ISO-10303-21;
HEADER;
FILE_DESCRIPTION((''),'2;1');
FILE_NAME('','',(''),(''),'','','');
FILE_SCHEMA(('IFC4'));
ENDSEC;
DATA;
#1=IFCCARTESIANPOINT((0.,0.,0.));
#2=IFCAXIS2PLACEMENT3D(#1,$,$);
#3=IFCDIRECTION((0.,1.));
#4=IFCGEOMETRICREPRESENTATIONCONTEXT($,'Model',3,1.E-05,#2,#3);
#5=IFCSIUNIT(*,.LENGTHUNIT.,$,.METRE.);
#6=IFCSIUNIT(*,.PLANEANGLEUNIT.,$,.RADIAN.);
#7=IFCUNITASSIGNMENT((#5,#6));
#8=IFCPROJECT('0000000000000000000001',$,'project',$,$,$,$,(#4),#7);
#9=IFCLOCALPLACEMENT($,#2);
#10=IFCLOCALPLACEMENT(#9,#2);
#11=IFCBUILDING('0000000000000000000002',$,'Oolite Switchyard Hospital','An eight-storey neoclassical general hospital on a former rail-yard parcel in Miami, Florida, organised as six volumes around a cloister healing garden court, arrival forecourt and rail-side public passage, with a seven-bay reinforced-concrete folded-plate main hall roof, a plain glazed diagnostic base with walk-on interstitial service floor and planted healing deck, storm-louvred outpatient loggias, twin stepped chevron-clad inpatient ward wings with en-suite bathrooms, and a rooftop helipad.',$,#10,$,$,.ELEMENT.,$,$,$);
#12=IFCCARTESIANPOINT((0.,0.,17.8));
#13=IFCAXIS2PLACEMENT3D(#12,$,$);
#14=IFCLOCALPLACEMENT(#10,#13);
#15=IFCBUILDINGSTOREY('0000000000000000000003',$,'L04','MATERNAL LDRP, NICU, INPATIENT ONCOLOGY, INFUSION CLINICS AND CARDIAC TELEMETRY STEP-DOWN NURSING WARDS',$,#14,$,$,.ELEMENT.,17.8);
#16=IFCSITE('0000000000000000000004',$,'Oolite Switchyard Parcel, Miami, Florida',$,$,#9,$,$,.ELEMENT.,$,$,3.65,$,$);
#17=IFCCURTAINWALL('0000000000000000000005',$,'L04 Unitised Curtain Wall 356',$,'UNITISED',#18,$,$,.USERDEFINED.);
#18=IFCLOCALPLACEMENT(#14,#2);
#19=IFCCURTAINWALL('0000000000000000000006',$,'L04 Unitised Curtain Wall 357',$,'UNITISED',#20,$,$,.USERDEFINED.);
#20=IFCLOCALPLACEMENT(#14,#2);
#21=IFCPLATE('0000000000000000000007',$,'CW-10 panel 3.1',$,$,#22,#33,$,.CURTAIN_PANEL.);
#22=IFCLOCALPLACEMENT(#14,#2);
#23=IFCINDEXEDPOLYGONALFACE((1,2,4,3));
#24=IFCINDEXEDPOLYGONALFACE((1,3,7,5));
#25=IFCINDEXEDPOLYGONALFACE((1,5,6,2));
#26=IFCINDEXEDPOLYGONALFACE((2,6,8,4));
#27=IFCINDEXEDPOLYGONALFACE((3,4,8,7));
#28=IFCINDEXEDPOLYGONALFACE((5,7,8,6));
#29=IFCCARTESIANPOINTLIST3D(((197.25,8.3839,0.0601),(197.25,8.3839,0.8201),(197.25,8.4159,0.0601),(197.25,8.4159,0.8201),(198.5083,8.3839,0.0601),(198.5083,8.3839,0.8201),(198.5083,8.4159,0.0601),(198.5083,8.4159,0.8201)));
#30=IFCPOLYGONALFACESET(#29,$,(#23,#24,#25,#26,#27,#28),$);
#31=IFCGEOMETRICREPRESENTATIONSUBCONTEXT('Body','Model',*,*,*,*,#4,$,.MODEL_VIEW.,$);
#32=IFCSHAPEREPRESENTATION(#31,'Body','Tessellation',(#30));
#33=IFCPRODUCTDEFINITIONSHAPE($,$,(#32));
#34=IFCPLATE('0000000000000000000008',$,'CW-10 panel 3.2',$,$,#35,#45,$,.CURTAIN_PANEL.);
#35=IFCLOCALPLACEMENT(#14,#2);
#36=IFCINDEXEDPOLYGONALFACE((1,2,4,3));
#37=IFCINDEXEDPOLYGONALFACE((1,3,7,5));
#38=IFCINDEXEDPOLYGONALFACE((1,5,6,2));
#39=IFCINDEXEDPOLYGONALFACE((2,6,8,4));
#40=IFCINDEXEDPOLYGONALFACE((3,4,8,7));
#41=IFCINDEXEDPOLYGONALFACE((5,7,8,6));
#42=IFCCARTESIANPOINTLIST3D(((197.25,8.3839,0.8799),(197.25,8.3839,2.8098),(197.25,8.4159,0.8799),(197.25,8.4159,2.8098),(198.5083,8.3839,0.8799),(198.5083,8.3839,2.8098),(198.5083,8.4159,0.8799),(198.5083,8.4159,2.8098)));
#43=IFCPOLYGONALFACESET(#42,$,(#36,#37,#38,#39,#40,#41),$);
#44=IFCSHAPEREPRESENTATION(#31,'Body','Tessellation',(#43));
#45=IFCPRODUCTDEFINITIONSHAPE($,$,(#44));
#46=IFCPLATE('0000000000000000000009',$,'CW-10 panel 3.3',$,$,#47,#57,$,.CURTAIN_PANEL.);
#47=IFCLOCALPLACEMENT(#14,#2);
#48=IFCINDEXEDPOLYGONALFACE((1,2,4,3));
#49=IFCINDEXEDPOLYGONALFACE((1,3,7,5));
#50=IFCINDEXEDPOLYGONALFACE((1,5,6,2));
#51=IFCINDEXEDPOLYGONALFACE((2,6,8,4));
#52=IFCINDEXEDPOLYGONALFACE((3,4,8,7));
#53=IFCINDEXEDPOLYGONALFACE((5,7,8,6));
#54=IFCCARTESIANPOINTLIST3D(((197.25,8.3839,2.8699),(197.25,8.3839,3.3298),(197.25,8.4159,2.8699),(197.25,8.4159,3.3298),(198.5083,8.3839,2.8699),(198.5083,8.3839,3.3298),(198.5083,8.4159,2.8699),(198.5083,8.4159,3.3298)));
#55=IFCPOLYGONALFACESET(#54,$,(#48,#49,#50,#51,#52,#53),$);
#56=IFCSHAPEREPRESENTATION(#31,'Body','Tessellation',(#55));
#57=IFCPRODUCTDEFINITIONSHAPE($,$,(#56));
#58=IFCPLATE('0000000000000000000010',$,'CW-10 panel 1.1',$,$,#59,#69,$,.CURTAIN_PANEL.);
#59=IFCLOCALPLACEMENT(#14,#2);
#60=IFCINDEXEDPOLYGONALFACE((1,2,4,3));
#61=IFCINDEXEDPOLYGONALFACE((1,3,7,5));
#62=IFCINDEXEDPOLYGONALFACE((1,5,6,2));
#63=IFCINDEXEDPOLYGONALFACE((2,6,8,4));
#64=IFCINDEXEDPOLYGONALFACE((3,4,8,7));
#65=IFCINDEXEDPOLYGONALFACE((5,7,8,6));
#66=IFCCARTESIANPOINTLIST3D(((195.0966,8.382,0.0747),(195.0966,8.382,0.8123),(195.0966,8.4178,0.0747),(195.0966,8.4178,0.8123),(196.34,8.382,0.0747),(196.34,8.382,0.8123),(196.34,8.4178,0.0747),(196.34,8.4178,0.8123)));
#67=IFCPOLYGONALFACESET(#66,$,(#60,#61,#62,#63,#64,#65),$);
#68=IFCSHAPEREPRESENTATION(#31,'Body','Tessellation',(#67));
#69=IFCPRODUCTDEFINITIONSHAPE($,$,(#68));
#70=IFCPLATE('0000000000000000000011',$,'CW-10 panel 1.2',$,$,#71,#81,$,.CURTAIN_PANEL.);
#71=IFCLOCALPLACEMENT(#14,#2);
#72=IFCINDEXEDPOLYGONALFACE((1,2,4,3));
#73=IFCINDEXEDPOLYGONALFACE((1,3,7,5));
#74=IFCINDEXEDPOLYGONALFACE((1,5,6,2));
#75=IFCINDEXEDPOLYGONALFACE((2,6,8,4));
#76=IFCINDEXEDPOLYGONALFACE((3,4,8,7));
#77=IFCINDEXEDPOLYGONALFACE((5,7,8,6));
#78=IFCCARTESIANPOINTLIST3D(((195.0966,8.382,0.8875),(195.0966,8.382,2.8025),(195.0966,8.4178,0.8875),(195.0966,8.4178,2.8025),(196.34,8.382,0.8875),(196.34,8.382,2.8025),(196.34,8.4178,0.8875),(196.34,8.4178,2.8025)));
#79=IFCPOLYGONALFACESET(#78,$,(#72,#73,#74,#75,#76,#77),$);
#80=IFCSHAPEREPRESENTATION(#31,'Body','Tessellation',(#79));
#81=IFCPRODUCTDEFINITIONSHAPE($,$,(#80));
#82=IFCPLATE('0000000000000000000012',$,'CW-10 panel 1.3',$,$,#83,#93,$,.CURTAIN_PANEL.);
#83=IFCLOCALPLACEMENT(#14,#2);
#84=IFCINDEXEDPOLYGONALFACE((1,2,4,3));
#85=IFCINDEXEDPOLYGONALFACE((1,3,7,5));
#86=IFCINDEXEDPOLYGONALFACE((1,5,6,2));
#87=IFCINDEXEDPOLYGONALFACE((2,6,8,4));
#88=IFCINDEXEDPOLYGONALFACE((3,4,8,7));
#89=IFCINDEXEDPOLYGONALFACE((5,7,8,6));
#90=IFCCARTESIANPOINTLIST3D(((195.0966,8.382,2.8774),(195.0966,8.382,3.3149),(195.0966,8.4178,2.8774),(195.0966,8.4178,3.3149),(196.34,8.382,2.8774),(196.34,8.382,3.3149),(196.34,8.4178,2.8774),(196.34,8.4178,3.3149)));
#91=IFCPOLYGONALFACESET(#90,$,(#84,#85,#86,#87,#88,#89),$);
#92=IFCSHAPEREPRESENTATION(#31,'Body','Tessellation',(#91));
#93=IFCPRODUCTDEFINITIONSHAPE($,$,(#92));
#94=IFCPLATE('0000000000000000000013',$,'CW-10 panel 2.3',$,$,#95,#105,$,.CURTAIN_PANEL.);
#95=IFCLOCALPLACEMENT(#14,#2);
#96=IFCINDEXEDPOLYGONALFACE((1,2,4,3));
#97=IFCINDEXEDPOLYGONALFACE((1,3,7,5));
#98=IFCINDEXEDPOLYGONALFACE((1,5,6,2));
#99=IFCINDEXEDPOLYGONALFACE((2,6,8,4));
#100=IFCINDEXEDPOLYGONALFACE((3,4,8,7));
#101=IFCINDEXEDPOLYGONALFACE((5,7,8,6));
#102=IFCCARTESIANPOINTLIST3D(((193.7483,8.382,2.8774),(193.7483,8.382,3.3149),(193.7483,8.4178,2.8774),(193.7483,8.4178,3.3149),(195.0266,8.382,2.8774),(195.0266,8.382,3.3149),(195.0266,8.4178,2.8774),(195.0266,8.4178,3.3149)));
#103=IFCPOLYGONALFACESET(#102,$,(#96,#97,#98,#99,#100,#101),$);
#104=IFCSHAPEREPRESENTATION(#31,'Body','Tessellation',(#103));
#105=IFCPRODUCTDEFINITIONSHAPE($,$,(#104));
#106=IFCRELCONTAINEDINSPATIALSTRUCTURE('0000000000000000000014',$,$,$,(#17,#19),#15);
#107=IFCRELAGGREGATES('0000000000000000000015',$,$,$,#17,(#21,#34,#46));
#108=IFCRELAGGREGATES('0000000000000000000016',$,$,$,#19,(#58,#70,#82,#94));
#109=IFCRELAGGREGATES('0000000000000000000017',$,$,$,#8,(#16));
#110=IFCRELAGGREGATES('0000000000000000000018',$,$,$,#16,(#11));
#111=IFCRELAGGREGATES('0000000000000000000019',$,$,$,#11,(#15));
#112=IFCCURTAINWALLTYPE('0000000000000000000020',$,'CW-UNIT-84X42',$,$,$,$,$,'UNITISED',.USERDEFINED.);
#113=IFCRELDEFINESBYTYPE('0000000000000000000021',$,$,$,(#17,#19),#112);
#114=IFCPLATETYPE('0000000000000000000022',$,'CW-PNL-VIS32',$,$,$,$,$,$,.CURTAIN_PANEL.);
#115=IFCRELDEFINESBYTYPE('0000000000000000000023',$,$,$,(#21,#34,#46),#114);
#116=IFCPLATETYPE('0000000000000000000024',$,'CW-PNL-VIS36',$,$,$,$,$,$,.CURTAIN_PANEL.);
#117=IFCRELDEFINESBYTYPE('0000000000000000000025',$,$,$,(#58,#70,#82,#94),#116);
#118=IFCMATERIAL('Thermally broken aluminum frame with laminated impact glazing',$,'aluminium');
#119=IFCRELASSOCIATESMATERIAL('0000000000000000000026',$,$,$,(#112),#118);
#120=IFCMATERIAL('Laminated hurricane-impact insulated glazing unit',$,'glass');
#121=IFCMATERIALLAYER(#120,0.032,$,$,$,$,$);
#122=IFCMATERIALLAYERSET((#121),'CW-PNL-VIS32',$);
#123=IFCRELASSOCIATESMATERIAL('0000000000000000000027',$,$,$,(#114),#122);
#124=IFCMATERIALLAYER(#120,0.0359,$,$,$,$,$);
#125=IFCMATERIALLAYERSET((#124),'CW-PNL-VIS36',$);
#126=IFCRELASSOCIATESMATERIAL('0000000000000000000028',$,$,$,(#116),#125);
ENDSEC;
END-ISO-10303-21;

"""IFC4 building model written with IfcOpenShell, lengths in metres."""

from ifc_helpers import new_model, si_unit, direction, frame, origin, origin_2d, place, context, subcontext, project, spatial, rectangle, extrude, material, layer, layer_set, type_object, element, aggregate, save


model = new_model("IFC4")

# Units and contexts
model_context = context("Model", 3, precision=1e-05, world=origin(), true_north=direction((0.0, 1.0)))
body_context = subcontext(model_context, "Body", "Model", "MODEL_VIEW")
ifc_project = project(units=[si_unit("LENGTHUNIT", "METRE"), si_unit("PLANEANGLEUNIT", "RADIAN")], contexts=[model_context])

# Site, building, storey
site_placement = place(None, origin())
site = spatial("IfcSite", under=ifc_project, at=site_placement, Name="Oolite Switchyard Parcel, Miami, Florida", CompositionType="ELEMENT", RefElevation=3.65)
building_placement = place(site_placement, origin())
building = spatial("IfcBuilding", under=site, at=building_placement, Name="Oolite Switchyard Hospital", Description="An eight-storey neoclassical general hospital on a former rail-yard parcel in Miami, Florida, organised as six volumes around a cloister healing garden court, arrival forecourt and rail-side public passage, with a seven-bay reinforced-concrete folded-plate main hall roof, a plain glazed diagnostic base with walk-on interstitial service floor and planted healing deck, storm-louvred outpatient loggias, twin stepped chevron-clad inpatient ward wings with en-suite bathrooms, and a rooftop helipad.", CompositionType="ELEMENT")
storey_placement = place(building_placement, frame((0.0, 0.0, 17.8)))
storey = spatial("IfcBuildingStorey", under=building, at=storey_placement, Name="L04", Description="MATERNAL LDRP, NICU, INPATIENT ONCOLOGY, INFUSION CLINICS AND CARDIAC TELEMETRY STEP-DOWN NURSING WARDS", CompositionType="ELEMENT", Elevation=17.8)

# Curtain wall
ifc_material_1 = material(Name="Thermally broken aluminum frame with laminated impact glazing", Category="aluminium")
curtain_wall_type = type_object("IfcCurtainWallType", Name="CW-UNIT-84X42", ElementType="UNITISED", PredefinedType="USERDEFINED", material=ifc_material_1)
curtain_wall_1_placement = place(storey_placement, origin())
curtain_wall_1 = element("IfcCurtainWall", 1, at=curtain_wall_1_placement, inside=storey, type_object=curtain_wall_type, Name="L04 Unitised Curtain Wall 356", ObjectType="UNITISED", PredefinedType="USERDEFINED")

# Curtain wall
curtain_wall_2_placement = place(storey_placement, origin())
curtain_wall_2 = element("IfcCurtainWall", 2, at=curtain_wall_2_placement, inside=storey, type_object=curtain_wall_type, Name="L04 Unitised Curtain Wall 357", ObjectType="UNITISED", PredefinedType="USERDEFINED")

# Plates
ifc_material_2 = material(Name="Laminated hurricane-impact insulated glazing unit", Category="glass")
ifc_layer_1 = layer(ifc_material_2, 0.032)
ifc_layer_set_1 = layer_set([ifc_layer_1], Name="CW-PNL-VIS32")
plate_type_1 = type_object("IfcPlateType", Name="CW-PNL-VIS32", PredefinedType="CURTAIN_PANEL", material=ifc_layer_set_1)
plate_1_placement = place(storey_placement, frame((197.8792, 8.3999, 0.0601), z_axis=(0.0, 0.0, 1.0), x_axis=(-1.0, 0.0, 0.0)))
plate_1 = element("IfcPlate", 3, at=plate_1_placement, type_object=plate_type_1, Name="CW-10 panel 3.1", PredefinedType="CURTAIN_PANEL", context=body_context, shape_type="SweptSolid", body=[
    extrude(rectangle(XDim=1.2583, YDim=0.032, at=origin_2d()), origin(), (0.0, 0.0, 1.0), 0.76),
])
plate_2_placement = place(storey_placement, frame((197.8792, 8.3999, 0.8799), z_axis=(0.0, 0.0, 1.0), x_axis=(-1.0, 0.0, 0.0)))
plate_2 = element("IfcPlate", 4, at=plate_2_placement, type_object=plate_type_1, Name="CW-10 panel 3.2", PredefinedType="CURTAIN_PANEL", context=body_context, shape_type="SweptSolid", body=[
    extrude(rectangle(XDim=1.2583, YDim=0.032, at=origin_2d()), origin(), (0.0, 0.0, 1.0), 1.9299),
])
plate_3_placement = place(storey_placement, frame((197.8792, 8.3999, 2.8699), z_axis=(0.0, 0.0, 1.0), x_axis=(-1.0, 0.0, 0.0)))
plate_3 = element("IfcPlate", 5, at=plate_3_placement, type_object=plate_type_1, Name="CW-10 panel 3.3", PredefinedType="CURTAIN_PANEL", context=body_context, shape_type="SweptSolid", body=[
    extrude(rectangle(XDim=1.2583, YDim=0.032, at=origin_2d()), origin(), (0.0, 0.0, 1.0), 0.46),
])
aggregate(curtain_wall_1, [plate_1, plate_2, plate_3])
ifc_layer_2 = layer(ifc_material_2, 0.0359)
ifc_layer_set_2 = layer_set([ifc_layer_2], Name="CW-PNL-VIS36")
plate_type_2 = type_object("IfcPlateType", Name="CW-PNL-VIS36", PredefinedType="CURTAIN_PANEL", material=ifc_layer_set_2)
plate_4_placement = place(storey_placement, frame((195.7183, 8.3999, 0.0747), z_axis=(0.0, 0.0, 1.0), x_axis=(-1.0, 0.0, 0.0)))
plate_4 = element("IfcPlate", 6, at=plate_4_placement, type_object=plate_type_2, Name="CW-10 panel 1.1", PredefinedType="CURTAIN_PANEL", context=body_context, shape_type="SweptSolid", body=[
    extrude(rectangle(XDim=1.2434, YDim=0.0359, at=origin_2d()), origin(), (0.0, 0.0, 1.0), 0.7375),
])
plate_5_placement = place(storey_placement, frame((195.7183, 8.3999, 0.8875), z_axis=(0.0, 0.0, 1.0), x_axis=(-1.0, 0.0, 0.0)))
plate_5 = element("IfcPlate", 7, at=plate_5_placement, type_object=plate_type_2, Name="CW-10 panel 1.2", PredefinedType="CURTAIN_PANEL", context=body_context, shape_type="SweptSolid", body=[
    extrude(rectangle(XDim=1.2434, YDim=0.0359, at=origin_2d()), origin(), (0.0, 0.0, 1.0), 1.915),
])
plate_6_placement = place(storey_placement, frame((195.7183, 8.3999, 2.8774), z_axis=(0.0, 0.0, 1.0), x_axis=(-1.0, 0.0, 0.0)))
plate_6 = element("IfcPlate", 8, at=plate_6_placement, type_object=plate_type_2, Name="CW-10 panel 1.3", PredefinedType="CURTAIN_PANEL", context=body_context, shape_type="SweptSolid", body=[
    extrude(rectangle(XDim=1.2434, YDim=0.0359, at=origin_2d()), origin(), (0.0, 0.0, 1.0), 0.4375),
])
plate_7_placement = place(storey_placement, frame((194.3875, 8.3999, 2.8774), z_axis=(0.0, 0.0, 1.0), x_axis=(-1.0, 0.0, 0.0)))
plate_7 = element("IfcPlate", 9, at=plate_7_placement, type_object=plate_type_2, Name="CW-10 panel 2.3", PredefinedType="CURTAIN_PANEL", context=body_context, shape_type="SweptSolid", body=[
    extrude(rectangle(XDim=1.2783, YDim=0.0359, at=origin_2d()), origin(), (0.0, 0.0, 1.0), 0.4375),
])
aggregate(curtain_wall_2, [plate_4, plate_5, plate_6, plate_7])

save(model, "model.ifc")
